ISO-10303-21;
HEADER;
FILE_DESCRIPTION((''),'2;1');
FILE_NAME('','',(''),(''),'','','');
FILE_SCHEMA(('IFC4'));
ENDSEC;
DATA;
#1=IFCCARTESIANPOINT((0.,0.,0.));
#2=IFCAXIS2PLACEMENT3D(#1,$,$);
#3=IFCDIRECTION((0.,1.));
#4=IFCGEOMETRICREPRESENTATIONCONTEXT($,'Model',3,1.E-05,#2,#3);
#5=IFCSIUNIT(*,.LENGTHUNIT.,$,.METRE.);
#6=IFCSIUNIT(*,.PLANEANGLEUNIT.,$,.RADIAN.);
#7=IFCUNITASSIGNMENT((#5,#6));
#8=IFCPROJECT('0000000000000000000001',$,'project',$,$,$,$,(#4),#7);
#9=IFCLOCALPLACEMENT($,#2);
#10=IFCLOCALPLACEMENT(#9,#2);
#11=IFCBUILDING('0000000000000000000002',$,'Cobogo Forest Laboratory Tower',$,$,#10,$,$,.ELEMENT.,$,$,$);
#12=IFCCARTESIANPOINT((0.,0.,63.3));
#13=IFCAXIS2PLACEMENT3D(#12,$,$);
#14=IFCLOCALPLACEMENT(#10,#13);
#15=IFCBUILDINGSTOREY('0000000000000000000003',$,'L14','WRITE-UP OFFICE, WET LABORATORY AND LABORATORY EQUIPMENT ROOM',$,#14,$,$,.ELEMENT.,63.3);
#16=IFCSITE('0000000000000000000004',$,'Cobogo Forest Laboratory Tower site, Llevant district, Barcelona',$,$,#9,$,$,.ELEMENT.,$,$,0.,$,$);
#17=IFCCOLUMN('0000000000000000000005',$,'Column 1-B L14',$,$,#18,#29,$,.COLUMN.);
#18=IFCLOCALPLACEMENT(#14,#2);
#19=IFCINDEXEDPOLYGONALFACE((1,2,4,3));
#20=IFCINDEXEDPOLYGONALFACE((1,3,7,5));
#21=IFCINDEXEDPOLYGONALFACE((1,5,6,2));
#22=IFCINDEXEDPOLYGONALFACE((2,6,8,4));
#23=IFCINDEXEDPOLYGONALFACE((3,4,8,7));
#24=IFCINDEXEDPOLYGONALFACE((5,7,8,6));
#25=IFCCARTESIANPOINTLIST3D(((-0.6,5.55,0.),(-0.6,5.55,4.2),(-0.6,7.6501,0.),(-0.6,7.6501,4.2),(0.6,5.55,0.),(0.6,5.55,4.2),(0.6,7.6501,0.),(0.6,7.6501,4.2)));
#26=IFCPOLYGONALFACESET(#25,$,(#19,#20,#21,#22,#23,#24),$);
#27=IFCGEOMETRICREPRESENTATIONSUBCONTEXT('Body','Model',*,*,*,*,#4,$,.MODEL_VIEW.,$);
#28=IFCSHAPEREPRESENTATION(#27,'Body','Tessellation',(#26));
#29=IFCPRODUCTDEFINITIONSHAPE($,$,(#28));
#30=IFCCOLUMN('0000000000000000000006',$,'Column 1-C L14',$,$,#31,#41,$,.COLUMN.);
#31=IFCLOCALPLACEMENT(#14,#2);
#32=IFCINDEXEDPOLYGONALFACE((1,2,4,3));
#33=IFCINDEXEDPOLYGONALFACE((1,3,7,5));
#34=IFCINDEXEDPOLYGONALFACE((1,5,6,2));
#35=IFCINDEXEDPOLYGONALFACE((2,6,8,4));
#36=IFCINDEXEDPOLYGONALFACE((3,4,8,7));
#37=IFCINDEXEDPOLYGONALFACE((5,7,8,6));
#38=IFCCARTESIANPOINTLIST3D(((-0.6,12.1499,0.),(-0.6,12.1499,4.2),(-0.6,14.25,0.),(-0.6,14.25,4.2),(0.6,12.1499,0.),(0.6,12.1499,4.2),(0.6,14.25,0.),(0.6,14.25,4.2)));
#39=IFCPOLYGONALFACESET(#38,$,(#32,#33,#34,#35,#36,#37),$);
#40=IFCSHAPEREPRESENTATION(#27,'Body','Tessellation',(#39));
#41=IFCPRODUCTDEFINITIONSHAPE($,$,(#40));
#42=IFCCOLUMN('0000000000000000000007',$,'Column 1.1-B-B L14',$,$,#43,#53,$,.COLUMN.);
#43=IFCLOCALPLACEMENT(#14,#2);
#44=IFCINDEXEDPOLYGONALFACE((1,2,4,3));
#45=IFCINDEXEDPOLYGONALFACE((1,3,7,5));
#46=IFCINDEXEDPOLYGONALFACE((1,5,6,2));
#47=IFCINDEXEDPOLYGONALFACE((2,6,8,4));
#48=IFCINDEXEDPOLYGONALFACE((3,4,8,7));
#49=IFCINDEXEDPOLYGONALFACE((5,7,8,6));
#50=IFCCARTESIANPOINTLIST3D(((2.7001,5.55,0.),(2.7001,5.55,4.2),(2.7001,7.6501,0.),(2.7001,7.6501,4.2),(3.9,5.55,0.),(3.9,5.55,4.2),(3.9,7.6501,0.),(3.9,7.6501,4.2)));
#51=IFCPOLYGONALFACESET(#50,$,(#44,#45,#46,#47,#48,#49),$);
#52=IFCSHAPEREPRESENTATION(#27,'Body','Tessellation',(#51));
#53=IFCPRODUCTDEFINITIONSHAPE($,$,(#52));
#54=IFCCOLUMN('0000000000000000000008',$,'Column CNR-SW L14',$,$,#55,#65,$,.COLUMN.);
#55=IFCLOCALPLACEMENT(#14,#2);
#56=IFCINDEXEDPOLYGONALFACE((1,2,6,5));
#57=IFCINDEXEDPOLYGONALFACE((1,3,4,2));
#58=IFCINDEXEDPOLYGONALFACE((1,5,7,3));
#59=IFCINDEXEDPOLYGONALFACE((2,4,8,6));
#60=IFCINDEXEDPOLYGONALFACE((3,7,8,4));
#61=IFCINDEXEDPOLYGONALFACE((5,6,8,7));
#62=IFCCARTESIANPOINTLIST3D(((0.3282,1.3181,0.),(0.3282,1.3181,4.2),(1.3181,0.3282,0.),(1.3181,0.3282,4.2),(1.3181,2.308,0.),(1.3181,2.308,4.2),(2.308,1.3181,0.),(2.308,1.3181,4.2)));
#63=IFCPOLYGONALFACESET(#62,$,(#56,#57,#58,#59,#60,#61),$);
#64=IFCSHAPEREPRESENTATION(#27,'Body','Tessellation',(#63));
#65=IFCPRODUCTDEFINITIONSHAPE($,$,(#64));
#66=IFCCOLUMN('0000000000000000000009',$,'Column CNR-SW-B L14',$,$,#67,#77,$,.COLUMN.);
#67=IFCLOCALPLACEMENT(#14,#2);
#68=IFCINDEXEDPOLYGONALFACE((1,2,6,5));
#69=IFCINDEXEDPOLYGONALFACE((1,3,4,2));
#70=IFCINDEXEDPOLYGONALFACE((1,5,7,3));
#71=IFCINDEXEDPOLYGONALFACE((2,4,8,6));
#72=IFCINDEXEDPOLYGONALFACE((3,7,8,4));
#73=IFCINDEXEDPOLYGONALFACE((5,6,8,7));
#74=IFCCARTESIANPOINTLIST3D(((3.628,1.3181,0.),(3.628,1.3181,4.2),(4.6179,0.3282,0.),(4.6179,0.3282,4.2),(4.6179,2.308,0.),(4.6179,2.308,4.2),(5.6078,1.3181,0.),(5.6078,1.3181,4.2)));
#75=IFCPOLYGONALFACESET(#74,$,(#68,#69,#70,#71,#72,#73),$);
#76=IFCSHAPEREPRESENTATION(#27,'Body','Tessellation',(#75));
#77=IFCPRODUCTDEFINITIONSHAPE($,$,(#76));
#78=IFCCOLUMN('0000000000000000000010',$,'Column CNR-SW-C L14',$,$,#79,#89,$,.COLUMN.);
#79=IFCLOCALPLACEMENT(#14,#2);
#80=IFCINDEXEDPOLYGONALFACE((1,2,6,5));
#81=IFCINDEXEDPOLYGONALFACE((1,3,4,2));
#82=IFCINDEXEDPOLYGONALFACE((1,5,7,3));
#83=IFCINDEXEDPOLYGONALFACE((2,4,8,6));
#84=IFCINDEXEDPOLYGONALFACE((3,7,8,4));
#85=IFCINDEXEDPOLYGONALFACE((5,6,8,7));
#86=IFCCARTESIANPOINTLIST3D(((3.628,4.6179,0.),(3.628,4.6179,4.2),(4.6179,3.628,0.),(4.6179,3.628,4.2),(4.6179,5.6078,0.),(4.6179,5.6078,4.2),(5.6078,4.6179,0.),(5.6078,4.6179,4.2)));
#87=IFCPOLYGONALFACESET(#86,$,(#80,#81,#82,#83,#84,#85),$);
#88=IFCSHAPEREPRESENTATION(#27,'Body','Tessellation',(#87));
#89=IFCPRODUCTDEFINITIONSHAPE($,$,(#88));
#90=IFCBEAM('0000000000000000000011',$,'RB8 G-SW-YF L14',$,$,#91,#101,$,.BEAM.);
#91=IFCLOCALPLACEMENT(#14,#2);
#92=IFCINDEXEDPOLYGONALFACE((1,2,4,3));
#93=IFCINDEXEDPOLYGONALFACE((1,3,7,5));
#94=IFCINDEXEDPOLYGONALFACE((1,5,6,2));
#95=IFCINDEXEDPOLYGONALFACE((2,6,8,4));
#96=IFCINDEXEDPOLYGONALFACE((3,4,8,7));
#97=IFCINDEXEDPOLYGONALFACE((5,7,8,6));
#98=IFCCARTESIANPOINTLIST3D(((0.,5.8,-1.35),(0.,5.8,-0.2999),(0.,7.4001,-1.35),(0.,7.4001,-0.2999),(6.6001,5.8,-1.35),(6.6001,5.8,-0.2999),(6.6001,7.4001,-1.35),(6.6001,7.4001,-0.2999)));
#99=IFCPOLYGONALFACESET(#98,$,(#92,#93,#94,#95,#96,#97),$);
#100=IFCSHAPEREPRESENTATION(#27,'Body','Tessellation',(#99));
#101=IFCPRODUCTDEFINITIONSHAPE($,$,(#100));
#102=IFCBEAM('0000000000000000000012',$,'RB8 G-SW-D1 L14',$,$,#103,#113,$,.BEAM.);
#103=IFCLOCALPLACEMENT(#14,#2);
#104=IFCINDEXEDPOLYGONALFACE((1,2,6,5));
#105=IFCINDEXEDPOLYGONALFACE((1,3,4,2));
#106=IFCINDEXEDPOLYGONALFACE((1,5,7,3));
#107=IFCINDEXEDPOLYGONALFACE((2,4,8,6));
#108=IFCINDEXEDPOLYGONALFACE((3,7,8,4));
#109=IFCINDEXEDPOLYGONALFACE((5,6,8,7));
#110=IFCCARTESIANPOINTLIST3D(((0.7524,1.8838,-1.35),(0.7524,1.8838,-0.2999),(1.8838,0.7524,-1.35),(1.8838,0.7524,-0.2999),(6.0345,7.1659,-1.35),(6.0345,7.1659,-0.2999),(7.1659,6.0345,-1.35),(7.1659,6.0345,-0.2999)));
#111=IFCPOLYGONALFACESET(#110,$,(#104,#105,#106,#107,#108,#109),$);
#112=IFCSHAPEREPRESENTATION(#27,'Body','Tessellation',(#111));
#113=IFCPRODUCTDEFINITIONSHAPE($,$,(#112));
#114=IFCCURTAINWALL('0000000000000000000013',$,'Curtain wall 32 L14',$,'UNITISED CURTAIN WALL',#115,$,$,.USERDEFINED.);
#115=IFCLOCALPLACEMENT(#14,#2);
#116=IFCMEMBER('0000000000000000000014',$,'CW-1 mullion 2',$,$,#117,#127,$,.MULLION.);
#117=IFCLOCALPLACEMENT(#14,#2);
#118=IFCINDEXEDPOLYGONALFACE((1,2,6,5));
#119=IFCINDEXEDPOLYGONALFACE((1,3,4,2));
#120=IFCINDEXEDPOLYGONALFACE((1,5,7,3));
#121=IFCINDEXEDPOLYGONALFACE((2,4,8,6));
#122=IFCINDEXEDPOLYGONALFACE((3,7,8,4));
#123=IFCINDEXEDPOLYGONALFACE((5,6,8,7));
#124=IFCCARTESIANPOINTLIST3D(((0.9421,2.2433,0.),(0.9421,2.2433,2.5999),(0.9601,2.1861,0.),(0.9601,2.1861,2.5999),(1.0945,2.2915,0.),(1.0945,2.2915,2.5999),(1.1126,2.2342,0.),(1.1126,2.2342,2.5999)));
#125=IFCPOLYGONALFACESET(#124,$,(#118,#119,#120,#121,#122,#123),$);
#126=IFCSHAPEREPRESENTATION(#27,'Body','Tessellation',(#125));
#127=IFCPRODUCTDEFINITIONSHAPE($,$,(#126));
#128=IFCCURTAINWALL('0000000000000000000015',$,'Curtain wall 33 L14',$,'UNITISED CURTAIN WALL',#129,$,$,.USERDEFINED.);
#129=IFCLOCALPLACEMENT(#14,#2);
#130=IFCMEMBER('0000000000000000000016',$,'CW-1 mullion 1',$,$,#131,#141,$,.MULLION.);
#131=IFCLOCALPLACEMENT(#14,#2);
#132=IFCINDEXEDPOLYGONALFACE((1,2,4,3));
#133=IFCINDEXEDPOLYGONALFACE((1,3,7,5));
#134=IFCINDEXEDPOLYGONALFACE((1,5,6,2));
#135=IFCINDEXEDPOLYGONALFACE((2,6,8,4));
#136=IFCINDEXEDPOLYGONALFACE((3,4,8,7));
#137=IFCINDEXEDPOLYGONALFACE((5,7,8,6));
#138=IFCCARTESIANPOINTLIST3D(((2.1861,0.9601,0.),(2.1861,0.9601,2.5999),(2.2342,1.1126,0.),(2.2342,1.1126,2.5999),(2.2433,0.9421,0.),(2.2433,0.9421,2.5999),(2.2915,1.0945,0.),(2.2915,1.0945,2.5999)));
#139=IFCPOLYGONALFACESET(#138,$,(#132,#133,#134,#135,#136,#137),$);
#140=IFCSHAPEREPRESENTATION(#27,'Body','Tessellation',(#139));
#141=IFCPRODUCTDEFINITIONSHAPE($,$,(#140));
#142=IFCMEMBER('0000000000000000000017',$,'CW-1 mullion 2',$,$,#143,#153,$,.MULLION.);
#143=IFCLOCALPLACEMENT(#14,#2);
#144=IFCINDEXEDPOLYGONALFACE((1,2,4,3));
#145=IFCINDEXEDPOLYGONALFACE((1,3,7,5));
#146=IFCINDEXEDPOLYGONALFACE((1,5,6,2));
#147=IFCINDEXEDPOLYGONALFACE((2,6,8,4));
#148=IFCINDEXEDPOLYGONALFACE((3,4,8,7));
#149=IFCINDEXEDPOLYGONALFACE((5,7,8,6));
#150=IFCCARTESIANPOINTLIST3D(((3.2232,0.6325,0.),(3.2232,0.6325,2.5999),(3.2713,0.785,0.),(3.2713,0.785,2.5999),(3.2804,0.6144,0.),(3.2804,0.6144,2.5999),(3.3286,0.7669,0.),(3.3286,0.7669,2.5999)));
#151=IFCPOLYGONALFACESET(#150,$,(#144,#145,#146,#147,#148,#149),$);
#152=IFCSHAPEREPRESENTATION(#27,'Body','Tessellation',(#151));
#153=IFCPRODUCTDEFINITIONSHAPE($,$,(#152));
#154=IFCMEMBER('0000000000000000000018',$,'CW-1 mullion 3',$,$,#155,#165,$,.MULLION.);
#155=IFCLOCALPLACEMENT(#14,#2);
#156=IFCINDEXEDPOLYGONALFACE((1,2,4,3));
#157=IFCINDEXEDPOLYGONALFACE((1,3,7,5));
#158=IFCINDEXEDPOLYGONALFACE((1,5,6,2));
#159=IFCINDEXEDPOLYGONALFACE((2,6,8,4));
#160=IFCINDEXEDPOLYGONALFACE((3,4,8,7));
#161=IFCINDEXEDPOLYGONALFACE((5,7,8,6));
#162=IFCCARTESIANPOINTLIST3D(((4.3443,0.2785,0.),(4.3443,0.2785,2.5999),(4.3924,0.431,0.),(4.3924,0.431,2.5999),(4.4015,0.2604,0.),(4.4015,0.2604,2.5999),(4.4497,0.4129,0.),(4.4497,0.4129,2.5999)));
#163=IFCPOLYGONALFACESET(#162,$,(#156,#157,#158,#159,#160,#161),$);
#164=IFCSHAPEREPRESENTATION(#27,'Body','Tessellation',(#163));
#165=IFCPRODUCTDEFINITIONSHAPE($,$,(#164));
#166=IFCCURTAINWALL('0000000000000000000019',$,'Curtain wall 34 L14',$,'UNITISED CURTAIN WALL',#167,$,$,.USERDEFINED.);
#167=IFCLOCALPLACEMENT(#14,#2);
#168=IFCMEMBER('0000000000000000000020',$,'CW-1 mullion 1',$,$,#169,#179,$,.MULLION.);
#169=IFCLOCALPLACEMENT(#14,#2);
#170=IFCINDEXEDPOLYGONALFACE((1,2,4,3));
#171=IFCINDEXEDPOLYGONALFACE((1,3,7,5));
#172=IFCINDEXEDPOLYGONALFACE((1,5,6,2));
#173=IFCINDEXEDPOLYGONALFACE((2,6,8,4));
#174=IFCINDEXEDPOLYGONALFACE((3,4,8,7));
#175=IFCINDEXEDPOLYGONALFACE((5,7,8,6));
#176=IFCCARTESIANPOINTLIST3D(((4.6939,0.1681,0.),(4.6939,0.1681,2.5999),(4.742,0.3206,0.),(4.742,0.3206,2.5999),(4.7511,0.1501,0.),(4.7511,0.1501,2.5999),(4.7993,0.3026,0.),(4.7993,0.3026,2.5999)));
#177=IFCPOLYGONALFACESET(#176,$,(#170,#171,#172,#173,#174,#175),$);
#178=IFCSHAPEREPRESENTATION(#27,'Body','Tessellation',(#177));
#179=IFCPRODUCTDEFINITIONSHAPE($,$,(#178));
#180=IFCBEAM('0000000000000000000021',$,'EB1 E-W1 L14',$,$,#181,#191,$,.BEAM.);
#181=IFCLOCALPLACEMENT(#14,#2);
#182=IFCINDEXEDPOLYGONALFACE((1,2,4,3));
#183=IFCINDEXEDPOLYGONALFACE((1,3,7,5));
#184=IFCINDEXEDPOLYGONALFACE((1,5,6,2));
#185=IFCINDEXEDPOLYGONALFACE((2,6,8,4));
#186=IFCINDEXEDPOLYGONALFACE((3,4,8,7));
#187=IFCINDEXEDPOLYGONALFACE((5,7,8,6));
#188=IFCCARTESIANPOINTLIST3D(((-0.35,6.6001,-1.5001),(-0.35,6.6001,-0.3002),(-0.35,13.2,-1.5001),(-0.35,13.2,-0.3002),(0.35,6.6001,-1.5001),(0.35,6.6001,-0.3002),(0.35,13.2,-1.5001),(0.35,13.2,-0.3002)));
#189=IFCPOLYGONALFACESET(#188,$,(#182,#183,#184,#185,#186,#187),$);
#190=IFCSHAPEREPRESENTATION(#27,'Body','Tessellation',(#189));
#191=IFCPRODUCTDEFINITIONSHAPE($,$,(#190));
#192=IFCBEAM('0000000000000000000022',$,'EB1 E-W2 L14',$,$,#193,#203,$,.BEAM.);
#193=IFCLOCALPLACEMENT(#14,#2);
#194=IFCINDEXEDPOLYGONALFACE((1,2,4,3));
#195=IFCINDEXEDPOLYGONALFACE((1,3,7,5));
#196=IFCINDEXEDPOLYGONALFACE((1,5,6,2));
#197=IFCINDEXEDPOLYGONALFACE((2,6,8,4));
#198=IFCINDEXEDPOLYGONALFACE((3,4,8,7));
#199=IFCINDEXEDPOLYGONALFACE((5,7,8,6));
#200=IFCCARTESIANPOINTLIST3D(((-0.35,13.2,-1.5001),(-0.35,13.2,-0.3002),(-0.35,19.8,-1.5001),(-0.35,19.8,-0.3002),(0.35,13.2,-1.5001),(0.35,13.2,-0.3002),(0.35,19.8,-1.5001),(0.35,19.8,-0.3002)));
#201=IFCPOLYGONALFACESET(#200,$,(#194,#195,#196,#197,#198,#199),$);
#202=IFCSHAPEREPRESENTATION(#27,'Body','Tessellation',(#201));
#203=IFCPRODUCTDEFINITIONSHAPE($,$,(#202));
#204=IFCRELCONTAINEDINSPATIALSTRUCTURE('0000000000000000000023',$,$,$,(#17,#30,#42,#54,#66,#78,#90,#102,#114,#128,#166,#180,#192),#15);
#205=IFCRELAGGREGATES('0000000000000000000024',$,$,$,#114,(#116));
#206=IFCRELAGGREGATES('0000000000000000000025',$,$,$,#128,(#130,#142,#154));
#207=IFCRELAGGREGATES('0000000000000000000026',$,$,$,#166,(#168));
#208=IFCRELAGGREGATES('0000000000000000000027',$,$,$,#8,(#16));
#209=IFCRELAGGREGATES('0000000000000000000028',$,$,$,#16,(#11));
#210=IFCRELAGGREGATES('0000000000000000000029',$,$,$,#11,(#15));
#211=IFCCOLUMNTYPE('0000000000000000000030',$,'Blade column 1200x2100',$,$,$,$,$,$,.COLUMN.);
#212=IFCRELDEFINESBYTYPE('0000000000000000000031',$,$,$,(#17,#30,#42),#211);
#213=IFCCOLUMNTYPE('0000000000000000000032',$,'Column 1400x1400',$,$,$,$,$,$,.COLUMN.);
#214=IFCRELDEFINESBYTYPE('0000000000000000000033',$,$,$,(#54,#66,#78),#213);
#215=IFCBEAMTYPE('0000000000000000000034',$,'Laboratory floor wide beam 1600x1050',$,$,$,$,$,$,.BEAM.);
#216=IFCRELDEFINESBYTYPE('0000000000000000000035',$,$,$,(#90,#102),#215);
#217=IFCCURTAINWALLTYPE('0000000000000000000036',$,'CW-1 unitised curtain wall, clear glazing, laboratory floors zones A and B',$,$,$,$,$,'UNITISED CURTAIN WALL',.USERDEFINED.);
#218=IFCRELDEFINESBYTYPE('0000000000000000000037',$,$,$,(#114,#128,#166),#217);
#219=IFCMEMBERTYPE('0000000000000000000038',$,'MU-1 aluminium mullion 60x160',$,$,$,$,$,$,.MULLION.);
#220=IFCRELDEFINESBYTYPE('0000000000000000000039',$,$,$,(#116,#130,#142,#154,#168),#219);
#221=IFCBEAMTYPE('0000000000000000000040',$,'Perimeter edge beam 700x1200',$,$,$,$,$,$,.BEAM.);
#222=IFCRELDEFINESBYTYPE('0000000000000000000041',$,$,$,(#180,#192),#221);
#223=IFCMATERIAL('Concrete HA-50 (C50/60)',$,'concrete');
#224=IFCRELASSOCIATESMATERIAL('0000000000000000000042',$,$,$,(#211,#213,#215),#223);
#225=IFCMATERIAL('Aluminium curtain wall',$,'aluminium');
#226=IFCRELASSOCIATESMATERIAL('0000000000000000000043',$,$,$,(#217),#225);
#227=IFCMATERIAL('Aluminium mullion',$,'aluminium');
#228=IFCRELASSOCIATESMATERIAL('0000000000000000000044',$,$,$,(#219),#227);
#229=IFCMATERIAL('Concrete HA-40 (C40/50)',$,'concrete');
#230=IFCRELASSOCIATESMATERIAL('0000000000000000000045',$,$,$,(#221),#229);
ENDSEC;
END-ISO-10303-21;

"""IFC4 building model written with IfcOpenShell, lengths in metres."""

from ifc_helpers import new_model, si_unit, direction, frame, origin, origin_2d, place, context, subcontext, project, spatial, rectangle, extrude, material, material_profile, profile_set, type_object, element, aggregate, save


model = new_model("IFC4")

# Units and contexts
model_context = context("Model", 3, precision=1e-05, world=origin(), true_north=direction((0.0, 1.0)))
body_context = subcontext(model_context, "Body", "Model", "MODEL_VIEW")
ifc_project = project(units=[si_unit("LENGTHUNIT", "METRE"), si_unit("PLANEANGLEUNIT", "RADIAN")], contexts=[model_context])

# Site, building, storey
site_placement = place(None, origin())
site = spatial("IfcSite", under=ifc_project, at=site_placement, Name="Cobogo Forest Laboratory Tower site, Llevant district, Barcelona", CompositionType="ELEMENT", RefElevation=0.0)
building_placement = place(site_placement, origin())
building = spatial("IfcBuilding", under=site, at=building_placement, Name="Cobogo Forest Laboratory Tower", CompositionType="ELEMENT")
storey_placement = place(building_placement, frame((0.0, 0.0, 63.3)))
storey = spatial("IfcBuildingStorey", under=building, at=storey_placement, Name="L14", Description="WRITE-UP OFFICE, WET LABORATORY AND LABORATORY EQUIPMENT ROOM", CompositionType="ELEMENT", Elevation=63.3)

# Columns
ifc_material_1 = material(Name="Concrete HA-50 (C50/60)", Category="concrete")
ifc_material_profile_1 = material_profile(ifc_material_1, rectangle(XDim=2.1001, YDim=1.2, at=origin_2d()), Name="RC 1200x2100")
ifc_profile_set_1 = profile_set([ifc_material_profile_1], Name="Concrete HA-50 (C50/60)")
column_type_1 = type_object("IfcColumnType", Name="Blade column 1200x2100", PredefinedType="COLUMN", material=ifc_profile_set_1)
for number, where, z_axis, x_axis, name in (
    (1, (0.0, 6.6001, 0.0), (0.0, 0.0, 1.0), (0.0, 1.0, 0.0), "Column 1-B L14"),
    (2, (0.0, 13.2, 0.0), (0.0, 0.0, 1.0), (0.0, 1.0, 0.0), "Column 1-C L14"),
    (3, (3.3, 6.6001, 0.0), (0.0, 0.0, 1.0), (0.0, 1.0, 0.0), "Column 1.1-B-B L14"),
):
    element("IfcColumn", number, at=place(storey_placement, frame(where, z_axis=z_axis, x_axis=x_axis)), inside=storey, type_object=column_type_1, Name=name, PredefinedType="COLUMN", context=body_context, shape_type="SweptSolid", body=[
        extrude(rectangle(XDim=2.1001, YDim=1.2, at=origin_2d()), origin(), (0.0, 0.0, 1.0), 4.2),
    ])
ifc_material_profile_2 = material_profile(ifc_material_1, rectangle(XDim=1.3999, YDim=1.3999, at=origin_2d()), Name="RC 1400x1400")
ifc_profile_set_2 = profile_set([ifc_material_profile_2], Name="Concrete HA-50 (C50/60)")
column_type_2 = type_object("IfcColumnType", Name="Column 1400x1400", PredefinedType="COLUMN", material=ifc_profile_set_2)
for number, where, z_axis, x_axis, name in (
    (4, (1.3181, 1.3181, 0.0), (0.0, 0.0, 1.0), (0.707107, 0.707107, 0.0), "Column CNR-SW L14"),
    (5, (4.6179, 1.3181, 0.0), (0.0, 0.0, 1.0), (0.707107, 0.707107, 0.0), "Column CNR-SW-B L14"),
    (6, (4.6179, 4.6179, 0.0), (0.0, 0.0, 1.0), (0.707107, 0.707107, 0.0), "Column CNR-SW-C L14"),
):
    element("IfcColumn", number, at=place(storey_placement, frame(where, z_axis=z_axis, x_axis=x_axis)), inside=storey, type_object=column_type_2, Name=name, PredefinedType="COLUMN", context=body_context, shape_type="SweptSolid", body=[
        extrude(rectangle(XDim=1.3999, YDim=1.3999, at=origin_2d()), origin(), (0.0, 0.0, 1.0), 4.2),
    ])

# Beams
ifc_material_profile_3 = material_profile(ifc_material_1, rectangle(XDim=1.6001, YDim=1.05, at=origin_2d()), Name="RC 1600x1050")
ifc_profile_set_3 = profile_set([ifc_material_profile_3], Name="Concrete HA-50 (C50/60)")
beam_type_1 = type_object("IfcBeamType", Name="Laboratory floor wide beam 1600x1050", PredefinedType="BEAM", material=ifc_profile_set_3)
beam_1_placement = place(storey_placement, frame((0.0, 6.6001, -0.825), z_axis=(1.0, 0.0, 0.0), x_axis=(0.0, 1.0, 0.0)))
element("IfcBeam", 7, at=beam_1_placement, inside=storey, type_object=beam_type_1, Name="RB8 G-SW-YF L14", PredefinedType="BEAM", context=body_context, shape_type="SweptSolid", body=[
    extrude(rectangle(XDim=1.6001, YDim=1.05, at=origin_2d()), origin(), (0.0, 0.0, 1.0), 6.6001),
])
beam_2_placement = place(storey_placement, frame((1.3181, 1.3181, -0.825), z_axis=(0.707107, 0.707107, 0.0), x_axis=(-0.707107, 0.707107, 0.0)))
element("IfcBeam", 8, at=beam_2_placement, inside=storey, type_object=beam_type_1, Name="RB8 G-SW-D1 L14", PredefinedType="BEAM", context=body_context, shape_type="SweptSolid", body=[
    extrude(rectangle(XDim=1.6001, YDim=1.05, at=origin_2d()), origin(), (0.0, 0.0, 1.0), 7.47),
])

# Curtain wall, member
ifc_material_2 = material(Name="Aluminium curtain wall", Category="aluminium")
curtain_wall_type = type_object("IfcCurtainWallType", Name="CW-1 unitised curtain wall, clear glazing, laboratory floors zones A and B", ElementType="UNITISED CURTAIN WALL", PredefinedType="USERDEFINED", material=ifc_material_2)
curtain_wall_1_placement = place(storey_placement, origin())
curtain_wall_1 = element("IfcCurtainWall", 9, at=curtain_wall_1_placement, inside=storey, type_object=curtain_wall_type, Name="Curtain wall 32 L14", ObjectType="UNITISED CURTAIN WALL", PredefinedType="USERDEFINED")
ifc_material_3 = material(Name="Aluminium mullion", Category="aluminium")
ifc_material_profile_4 = material_profile(ifc_material_3, rectangle(XDim=0.0601, YDim=0.1599, at=origin_2d()), Name="AL 60x160")
ifc_profile_set_4 = profile_set([ifc_material_profile_4], Name="Aluminium mullion")
member_type_1 = type_object("IfcMemberType", Name="MU-1 aluminium mullion 60x160", PredefinedType="MULLION", material=ifc_profile_set_4)
member_1_placement = place(storey_placement, frame((1.0273, 2.2388, 0.0), z_axis=(0.0, 0.0, 1.0), x_axis=(0.301135, -0.953581, 0.0)))
member_1 = element("IfcMember", 10, at=member_1_placement, type_object=member_type_1, Name="CW-1 mullion 2", PredefinedType="MULLION", context=body_context, shape_type="SweptSolid", body=[
    extrude(rectangle(XDim=0.0601, YDim=0.1599, at=origin_2d()), origin(), (0.0, 0.0, 1.0), 2.5999),
])

# Curtain wall, members
curtain_wall_2_placement = place(storey_placement, origin())
curtain_wall_2 = element("IfcCurtainWall", 11, at=curtain_wall_2_placement, inside=storey, type_object=curtain_wall_type, Name="Curtain wall 33 L14", ObjectType="UNITISED CURTAIN WALL", PredefinedType="USERDEFINED")
member_2_placement = place(storey_placement, frame((2.2388, 1.0273, 0.0), z_axis=(0.0, 0.0, 1.0), x_axis=(0.953581, -0.301135, 0.0)))
member_2 = element("IfcMember", 12, at=member_2_placement, type_object=member_type_1, Name="CW-1 mullion 1", PredefinedType="MULLION", context=body_context, shape_type="SweptSolid", body=[
    extrude(rectangle(XDim=0.0601, YDim=0.1599, at=origin_2d()), origin(), (0.0, 0.0, 1.0), 2.5999),
])
member_3_placement = place(storey_placement, frame((3.2759, 0.6997, 0.0), z_axis=(0.0, 0.0, 1.0), x_axis=(0.953581, -0.301135, 0.0)))
member_3 = element("IfcMember", 13, at=member_3_placement, type_object=member_type_1, Name="CW-1 mullion 2", PredefinedType="MULLION", context=body_context, shape_type="SweptSolid", body=[
    extrude(rectangle(XDim=0.0601, YDim=0.1599, at=origin_2d()), origin(), (0.0, 0.0, 1.0), 2.5999),
])
member_4_placement = place(storey_placement, frame((4.397, 0.3457, 0.0), z_axis=(0.0, 0.0, 1.0), x_axis=(0.953581, -0.301135, 0.0)))
member_4 = element("IfcMember", 14, at=member_4_placement, type_object=member_type_1, Name="CW-1 mullion 3", PredefinedType="MULLION", context=body_context, shape_type="SweptSolid", body=[
    extrude(rectangle(XDim=0.0601, YDim=0.1599, at=origin_2d()), origin(), (0.0, 0.0, 1.0), 2.5999),
])

# Curtain wall, member
curtain_wall_3_placement = place(storey_placement, origin())
curtain_wall_3 = element("IfcCurtainWall", 15, at=curtain_wall_3_placement, inside=storey, type_object=curtain_wall_type, Name="Curtain wall 34 L14", ObjectType="UNITISED CURTAIN WALL", PredefinedType="USERDEFINED")
member_5_placement = place(storey_placement, frame((4.7466, 0.2354, 0.0), z_axis=(0.0, 0.0, 1.0), x_axis=(0.953582, -0.301135, 0.0)))
member_5 = element("IfcMember", 16, at=member_5_placement, type_object=member_type_1, Name="CW-1 mullion 1", PredefinedType="MULLION", context=body_context, shape_type="SweptSolid", body=[
    extrude(rectangle(XDim=0.0601, YDim=0.1599, at=origin_2d()), origin(), (0.0, 0.0, 1.0), 2.5999),
])

# Beams
ifc_material_4 = material(Name="Concrete HA-40 (C40/50)", Category="concrete")
ifc_material_profile_5 = material_profile(ifc_material_4, rectangle(XDim=0.7, YDim=1.2, at=origin_2d()), Name="RC 700x1200")
ifc_profile_set_5 = profile_set([ifc_material_profile_5], Name="Concrete HA-40 (C40/50)")
beam_type_2 = type_object("IfcBeamType", Name="Perimeter edge beam 700x1200", PredefinedType="BEAM", material=ifc_profile_set_5)
beam_3_placement = place(storey_placement, frame((0.0, 6.6001, -0.9001), z_axis=(0.0, 1.0, 0.0), x_axis=(-1.0, 0.0, 0.0)))
element("IfcBeam", 17, at=beam_3_placement, inside=storey, type_object=beam_type_2, Name="EB1 E-W1 L14", PredefinedType="BEAM", context=body_context, shape_type="SweptSolid", body=[
    extrude(rectangle(XDim=0.7, YDim=1.2, at=origin_2d()), origin(), (0.0, 0.0, 1.0), 6.5999),
])
beam_4_placement = place(storey_placement, frame((0.0, 13.2, -0.9001), z_axis=(0.0, 1.0, 0.0), x_axis=(-1.0, 0.0, 0.0)))
element("IfcBeam", 18, at=beam_4_placement, inside=storey, type_object=beam_type_2, Name="EB1 E-W2 L14", PredefinedType="BEAM", context=body_context, shape_type="SweptSolid", body=[
    extrude(rectangle(XDim=0.7, YDim=1.2, at=origin_2d()), origin(), (0.0, 0.0, 1.0), 6.6001),
])

aggregate(curtain_wall_1, [member_1])
aggregate(curtain_wall_2, [member_2, member_3, member_4])
aggregate(curtain_wall_3, [member_5])

save(model, "model.ifc")
